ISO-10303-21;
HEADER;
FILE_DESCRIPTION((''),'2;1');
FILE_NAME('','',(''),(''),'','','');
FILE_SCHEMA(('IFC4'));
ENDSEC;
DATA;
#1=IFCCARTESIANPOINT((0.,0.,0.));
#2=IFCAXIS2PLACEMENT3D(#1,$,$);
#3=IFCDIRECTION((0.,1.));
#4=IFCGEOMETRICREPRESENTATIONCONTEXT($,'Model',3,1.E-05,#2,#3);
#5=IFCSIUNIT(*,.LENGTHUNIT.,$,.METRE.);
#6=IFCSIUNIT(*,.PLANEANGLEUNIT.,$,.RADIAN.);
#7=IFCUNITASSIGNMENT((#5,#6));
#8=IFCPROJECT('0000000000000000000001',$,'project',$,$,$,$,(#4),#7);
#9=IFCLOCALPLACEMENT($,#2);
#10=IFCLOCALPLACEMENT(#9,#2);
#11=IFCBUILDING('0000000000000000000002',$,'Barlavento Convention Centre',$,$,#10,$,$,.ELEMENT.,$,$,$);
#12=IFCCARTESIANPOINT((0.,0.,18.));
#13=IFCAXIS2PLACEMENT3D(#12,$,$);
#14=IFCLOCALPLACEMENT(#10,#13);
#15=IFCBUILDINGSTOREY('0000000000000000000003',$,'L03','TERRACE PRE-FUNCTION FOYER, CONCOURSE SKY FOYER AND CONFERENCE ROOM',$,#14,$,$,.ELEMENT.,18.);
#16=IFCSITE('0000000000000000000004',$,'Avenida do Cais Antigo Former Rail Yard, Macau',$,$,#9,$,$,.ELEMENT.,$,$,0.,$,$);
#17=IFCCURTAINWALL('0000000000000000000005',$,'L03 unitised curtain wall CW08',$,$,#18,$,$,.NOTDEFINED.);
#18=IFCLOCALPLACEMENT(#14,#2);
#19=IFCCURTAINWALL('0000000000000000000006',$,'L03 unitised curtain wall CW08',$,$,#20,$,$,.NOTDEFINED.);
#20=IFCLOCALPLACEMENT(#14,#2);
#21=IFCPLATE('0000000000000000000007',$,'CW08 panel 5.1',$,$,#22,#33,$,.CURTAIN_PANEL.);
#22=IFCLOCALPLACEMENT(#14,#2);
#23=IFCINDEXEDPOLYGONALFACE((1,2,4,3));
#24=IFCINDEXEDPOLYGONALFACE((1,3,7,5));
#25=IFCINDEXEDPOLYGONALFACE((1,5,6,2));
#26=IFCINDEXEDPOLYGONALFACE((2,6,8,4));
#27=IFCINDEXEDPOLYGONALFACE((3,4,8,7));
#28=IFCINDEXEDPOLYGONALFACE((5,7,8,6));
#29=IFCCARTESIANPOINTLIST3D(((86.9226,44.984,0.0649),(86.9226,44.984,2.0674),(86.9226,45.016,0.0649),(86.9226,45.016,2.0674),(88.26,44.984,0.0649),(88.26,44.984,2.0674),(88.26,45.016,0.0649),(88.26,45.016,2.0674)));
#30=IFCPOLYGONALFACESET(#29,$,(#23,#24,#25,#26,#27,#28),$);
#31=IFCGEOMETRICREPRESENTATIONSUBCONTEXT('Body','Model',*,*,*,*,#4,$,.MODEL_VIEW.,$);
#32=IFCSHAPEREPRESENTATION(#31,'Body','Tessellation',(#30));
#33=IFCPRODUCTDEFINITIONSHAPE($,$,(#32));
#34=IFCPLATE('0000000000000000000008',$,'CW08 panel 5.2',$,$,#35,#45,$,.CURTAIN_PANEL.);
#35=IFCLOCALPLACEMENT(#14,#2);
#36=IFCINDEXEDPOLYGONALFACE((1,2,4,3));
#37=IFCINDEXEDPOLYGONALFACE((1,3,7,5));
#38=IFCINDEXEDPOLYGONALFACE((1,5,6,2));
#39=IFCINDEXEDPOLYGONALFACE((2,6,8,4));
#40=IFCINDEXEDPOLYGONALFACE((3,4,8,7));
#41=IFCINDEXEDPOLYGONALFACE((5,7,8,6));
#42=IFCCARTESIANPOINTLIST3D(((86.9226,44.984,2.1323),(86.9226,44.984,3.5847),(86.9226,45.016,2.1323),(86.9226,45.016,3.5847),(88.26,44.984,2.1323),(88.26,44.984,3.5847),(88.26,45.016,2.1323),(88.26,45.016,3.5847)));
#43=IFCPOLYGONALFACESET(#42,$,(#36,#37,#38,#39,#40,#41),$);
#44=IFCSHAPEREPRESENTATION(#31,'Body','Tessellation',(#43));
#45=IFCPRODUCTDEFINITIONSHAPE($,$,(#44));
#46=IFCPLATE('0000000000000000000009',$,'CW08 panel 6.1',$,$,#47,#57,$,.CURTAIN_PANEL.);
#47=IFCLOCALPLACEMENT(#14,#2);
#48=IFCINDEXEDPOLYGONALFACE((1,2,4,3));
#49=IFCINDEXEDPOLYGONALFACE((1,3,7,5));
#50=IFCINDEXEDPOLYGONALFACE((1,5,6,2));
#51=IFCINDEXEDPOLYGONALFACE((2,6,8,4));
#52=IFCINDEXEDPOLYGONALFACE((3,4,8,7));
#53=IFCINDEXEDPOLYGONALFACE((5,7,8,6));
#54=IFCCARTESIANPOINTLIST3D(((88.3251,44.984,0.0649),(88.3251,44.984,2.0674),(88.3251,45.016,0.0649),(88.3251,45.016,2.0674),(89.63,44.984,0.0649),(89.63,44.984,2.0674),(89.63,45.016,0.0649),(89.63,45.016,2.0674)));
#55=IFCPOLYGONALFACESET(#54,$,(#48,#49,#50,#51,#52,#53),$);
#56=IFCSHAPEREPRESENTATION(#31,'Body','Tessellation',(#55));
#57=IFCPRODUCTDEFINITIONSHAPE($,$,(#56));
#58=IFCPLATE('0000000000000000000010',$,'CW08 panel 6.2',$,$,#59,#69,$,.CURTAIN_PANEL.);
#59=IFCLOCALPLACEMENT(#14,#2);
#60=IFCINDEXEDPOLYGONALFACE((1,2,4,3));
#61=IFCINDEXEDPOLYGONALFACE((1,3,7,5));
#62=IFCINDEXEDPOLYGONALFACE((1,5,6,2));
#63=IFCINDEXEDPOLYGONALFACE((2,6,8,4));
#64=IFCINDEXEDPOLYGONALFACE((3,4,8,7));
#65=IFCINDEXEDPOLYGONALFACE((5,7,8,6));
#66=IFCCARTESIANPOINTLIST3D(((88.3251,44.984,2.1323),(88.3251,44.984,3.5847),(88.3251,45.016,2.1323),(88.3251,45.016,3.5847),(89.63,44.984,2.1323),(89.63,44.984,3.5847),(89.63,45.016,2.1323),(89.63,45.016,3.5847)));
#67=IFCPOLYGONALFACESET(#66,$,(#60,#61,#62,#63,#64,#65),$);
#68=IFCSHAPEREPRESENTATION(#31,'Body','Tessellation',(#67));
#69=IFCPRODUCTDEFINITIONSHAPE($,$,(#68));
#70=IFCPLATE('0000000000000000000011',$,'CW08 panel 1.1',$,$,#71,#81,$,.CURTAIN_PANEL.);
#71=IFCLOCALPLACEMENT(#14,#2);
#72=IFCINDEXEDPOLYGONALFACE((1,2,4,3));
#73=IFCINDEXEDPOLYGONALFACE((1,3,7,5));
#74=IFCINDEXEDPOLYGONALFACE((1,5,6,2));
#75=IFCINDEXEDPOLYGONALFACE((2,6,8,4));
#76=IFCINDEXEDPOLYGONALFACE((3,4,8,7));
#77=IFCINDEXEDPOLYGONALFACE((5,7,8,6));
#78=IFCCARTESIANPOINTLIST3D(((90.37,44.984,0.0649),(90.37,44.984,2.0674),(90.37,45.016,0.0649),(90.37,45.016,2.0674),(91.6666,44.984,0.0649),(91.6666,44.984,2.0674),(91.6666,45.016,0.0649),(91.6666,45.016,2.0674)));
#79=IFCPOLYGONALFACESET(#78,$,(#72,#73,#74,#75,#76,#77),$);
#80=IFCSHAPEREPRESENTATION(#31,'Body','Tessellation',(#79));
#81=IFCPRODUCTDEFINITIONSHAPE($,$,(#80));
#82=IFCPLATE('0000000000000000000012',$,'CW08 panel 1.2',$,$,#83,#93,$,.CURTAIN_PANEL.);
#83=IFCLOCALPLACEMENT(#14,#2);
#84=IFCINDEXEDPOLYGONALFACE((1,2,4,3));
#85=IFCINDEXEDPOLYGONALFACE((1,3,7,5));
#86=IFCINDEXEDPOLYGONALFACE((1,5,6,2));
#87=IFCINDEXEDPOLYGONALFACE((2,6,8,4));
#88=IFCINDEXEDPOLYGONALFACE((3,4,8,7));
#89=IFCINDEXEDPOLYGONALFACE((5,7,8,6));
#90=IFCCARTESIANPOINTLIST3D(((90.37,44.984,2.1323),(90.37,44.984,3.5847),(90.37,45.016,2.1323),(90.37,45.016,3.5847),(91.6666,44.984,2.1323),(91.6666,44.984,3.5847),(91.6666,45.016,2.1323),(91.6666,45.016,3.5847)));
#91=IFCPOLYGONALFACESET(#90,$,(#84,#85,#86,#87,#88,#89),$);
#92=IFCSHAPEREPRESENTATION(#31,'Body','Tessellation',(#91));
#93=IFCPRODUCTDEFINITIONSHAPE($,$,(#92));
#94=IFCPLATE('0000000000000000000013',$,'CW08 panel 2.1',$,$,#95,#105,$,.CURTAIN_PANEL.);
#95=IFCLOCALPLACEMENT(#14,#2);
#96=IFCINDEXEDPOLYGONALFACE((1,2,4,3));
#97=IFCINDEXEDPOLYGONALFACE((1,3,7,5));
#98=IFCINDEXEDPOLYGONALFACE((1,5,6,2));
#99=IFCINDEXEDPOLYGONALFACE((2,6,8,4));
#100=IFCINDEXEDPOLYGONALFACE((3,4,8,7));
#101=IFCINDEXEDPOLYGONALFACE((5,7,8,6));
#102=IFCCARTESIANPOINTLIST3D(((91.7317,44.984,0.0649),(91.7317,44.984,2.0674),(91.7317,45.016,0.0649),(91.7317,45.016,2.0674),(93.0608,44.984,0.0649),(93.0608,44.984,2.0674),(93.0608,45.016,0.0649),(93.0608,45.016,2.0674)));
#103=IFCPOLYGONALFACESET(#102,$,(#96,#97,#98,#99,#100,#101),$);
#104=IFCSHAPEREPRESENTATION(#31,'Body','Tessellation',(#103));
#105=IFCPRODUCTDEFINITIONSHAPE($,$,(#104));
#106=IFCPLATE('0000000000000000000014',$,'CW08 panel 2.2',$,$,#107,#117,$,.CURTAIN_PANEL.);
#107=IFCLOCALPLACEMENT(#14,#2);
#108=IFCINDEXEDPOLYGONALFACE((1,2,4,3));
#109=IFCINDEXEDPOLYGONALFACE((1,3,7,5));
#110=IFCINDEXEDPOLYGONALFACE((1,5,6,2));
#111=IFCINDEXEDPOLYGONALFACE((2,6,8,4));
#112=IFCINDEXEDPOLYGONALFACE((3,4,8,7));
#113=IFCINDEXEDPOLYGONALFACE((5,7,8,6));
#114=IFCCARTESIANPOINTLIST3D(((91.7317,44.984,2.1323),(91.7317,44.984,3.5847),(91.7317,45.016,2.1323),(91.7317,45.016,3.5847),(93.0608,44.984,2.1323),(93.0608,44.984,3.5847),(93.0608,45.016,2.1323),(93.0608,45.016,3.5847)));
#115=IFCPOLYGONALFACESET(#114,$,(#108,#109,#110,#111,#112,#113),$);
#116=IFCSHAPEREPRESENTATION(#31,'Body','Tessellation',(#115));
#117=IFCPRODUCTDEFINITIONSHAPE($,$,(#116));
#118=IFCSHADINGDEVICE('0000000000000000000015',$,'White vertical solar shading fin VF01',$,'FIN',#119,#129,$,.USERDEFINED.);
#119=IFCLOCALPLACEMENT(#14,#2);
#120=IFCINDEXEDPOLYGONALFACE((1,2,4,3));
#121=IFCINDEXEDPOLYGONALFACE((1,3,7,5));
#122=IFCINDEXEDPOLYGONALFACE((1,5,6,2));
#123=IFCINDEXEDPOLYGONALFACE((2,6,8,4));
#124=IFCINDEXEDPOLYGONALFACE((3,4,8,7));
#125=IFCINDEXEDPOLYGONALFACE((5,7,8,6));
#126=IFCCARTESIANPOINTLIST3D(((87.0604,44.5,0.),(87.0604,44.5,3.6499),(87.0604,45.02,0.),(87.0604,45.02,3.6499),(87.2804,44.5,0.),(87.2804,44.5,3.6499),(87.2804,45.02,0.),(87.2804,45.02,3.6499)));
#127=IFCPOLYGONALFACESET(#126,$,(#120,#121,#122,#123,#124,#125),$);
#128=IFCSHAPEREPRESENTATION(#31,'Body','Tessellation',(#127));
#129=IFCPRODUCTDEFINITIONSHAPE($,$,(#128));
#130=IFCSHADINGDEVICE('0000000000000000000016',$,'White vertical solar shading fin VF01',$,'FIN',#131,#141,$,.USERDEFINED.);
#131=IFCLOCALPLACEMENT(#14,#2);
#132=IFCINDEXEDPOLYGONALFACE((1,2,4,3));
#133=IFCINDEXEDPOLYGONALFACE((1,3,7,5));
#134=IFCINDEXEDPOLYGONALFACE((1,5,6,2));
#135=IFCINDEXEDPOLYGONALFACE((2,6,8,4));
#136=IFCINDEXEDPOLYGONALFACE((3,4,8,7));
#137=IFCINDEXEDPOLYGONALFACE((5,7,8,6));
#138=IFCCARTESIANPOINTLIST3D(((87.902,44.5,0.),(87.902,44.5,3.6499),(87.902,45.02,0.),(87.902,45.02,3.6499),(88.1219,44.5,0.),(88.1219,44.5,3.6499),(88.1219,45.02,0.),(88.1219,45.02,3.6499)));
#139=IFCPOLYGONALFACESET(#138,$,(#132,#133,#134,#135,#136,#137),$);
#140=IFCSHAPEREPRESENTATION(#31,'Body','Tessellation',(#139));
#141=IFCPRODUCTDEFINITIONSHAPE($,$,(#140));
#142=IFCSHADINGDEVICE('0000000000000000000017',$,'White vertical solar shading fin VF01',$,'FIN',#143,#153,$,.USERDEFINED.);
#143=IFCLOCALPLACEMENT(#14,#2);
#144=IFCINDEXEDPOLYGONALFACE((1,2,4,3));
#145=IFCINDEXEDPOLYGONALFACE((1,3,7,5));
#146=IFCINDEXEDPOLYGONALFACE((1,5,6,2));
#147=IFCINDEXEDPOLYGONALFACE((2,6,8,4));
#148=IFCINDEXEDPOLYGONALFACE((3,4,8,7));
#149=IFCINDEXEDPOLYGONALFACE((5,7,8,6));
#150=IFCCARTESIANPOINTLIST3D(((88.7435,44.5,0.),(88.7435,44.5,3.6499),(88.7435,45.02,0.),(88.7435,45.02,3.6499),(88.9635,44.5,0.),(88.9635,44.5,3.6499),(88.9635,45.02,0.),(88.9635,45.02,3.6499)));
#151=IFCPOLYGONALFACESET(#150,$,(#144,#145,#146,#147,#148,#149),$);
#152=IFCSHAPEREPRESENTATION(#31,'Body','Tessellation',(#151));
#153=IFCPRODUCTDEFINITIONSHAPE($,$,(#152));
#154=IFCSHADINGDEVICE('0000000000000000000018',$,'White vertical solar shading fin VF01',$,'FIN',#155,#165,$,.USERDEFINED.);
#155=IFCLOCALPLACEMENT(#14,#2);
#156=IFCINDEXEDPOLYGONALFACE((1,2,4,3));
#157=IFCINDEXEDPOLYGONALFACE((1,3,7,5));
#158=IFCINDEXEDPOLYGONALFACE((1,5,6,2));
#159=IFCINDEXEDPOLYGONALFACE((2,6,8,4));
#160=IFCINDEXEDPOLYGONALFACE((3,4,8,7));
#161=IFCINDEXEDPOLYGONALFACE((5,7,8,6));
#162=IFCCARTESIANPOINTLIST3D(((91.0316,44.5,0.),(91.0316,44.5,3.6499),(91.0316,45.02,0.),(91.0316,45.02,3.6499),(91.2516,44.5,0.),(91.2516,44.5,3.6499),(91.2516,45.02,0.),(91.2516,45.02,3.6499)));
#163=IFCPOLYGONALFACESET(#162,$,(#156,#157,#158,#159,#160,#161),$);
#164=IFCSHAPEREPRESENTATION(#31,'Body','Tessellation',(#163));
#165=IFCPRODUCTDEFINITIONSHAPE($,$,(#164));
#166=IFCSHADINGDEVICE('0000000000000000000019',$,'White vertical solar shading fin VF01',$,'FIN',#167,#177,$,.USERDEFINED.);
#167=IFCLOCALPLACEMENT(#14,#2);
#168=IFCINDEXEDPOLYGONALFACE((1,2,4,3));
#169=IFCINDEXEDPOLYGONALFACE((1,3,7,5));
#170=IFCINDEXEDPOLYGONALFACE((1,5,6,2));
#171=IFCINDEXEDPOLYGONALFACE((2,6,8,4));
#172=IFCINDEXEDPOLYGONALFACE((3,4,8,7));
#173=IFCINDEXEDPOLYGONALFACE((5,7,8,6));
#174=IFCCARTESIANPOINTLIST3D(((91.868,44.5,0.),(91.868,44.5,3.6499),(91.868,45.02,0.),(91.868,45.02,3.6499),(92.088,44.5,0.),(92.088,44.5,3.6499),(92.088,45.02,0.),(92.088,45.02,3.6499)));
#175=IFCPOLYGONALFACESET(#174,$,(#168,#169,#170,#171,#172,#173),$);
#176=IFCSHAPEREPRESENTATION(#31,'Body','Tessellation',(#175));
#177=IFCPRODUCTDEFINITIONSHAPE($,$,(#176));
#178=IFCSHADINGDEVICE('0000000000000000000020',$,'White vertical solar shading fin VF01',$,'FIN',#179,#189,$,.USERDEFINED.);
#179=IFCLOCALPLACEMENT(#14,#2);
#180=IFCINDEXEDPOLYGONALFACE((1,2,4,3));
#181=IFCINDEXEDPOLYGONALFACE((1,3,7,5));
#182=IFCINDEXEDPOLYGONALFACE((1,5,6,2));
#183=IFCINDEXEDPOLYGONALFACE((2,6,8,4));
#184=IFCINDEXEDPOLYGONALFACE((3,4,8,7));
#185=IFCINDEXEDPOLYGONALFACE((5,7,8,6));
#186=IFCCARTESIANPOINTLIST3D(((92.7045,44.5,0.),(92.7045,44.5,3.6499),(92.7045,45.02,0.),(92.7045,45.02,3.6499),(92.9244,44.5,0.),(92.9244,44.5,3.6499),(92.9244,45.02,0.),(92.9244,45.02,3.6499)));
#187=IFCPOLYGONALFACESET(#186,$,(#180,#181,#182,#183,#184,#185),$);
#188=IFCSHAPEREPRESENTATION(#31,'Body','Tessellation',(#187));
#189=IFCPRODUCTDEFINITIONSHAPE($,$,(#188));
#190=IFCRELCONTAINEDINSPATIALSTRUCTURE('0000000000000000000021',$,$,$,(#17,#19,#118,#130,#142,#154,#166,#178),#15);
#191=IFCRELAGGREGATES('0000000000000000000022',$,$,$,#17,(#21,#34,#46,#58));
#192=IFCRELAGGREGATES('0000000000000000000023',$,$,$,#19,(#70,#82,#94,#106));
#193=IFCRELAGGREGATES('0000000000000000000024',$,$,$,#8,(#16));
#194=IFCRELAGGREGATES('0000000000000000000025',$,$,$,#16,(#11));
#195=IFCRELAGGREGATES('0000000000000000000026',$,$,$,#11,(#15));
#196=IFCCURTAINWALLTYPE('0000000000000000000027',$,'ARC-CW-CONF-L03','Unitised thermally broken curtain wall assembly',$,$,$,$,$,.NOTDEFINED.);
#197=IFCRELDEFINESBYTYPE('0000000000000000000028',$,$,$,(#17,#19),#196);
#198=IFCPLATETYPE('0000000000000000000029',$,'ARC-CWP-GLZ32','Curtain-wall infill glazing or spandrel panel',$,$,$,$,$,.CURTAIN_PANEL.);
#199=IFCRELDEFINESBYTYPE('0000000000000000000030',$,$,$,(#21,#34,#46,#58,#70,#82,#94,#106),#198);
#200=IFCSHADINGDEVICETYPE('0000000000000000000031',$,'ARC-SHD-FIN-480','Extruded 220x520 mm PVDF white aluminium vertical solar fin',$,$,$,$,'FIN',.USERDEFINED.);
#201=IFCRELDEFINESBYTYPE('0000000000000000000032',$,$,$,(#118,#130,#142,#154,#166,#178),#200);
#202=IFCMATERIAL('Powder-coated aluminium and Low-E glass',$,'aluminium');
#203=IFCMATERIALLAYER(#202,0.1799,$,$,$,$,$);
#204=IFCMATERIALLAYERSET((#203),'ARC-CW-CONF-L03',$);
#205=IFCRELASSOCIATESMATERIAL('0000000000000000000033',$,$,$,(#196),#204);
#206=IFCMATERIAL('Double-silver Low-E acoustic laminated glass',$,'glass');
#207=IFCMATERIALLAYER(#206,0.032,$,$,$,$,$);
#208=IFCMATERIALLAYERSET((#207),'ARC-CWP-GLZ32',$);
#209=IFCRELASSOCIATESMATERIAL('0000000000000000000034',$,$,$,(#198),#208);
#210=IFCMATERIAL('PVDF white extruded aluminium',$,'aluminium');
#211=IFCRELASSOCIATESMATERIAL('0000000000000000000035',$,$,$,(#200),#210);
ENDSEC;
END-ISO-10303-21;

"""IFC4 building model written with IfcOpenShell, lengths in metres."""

from ifc_helpers import new_model, si_unit, direction, frame, origin, origin_2d, place, context, subcontext, project, spatial, rectangle, extrude, material, layer, layer_set, type_object, element, aggregate, save


model = new_model("IFC4")

# Units and contexts
model_context = context("Model", 3, precision=1e-05, world=origin(), true_north=direction((0.0, 1.0)))
body_context = subcontext(model_context, "Body", "Model", "MODEL_VIEW")
ifc_project = project(units=[si_unit("LENGTHUNIT", "METRE"), si_unit("PLANEANGLEUNIT", "RADIAN")], contexts=[model_context])

# Site, building, storey
site_placement = place(None, origin())
site = spatial("IfcSite", under=ifc_project, at=site_placement, Name="Avenida do Cais Antigo Former Rail Yard, Macau", CompositionType="ELEMENT", RefElevation=0.0)
building_placement = place(site_placement, origin())
building = spatial("IfcBuilding", under=site, at=building_placement, Name="Barlavento Convention Centre", CompositionType="ELEMENT")
storey_placement = place(building_placement, frame((0.0, 0.0, 18.0)))
storey = spatial("IfcBuildingStorey", under=building, at=storey_placement, Name="L03", Description="TERRACE PRE-FUNCTION FOYER, CONCOURSE SKY FOYER AND CONFERENCE ROOM", CompositionType="ELEMENT", Elevation=18.0)

# Curtain walls
ifc_material_1 = material(Name="Powder-coated aluminium and Low-E glass", Category="aluminium")
ifc_layer_1 = layer(ifc_material_1, 0.1799)
ifc_layer_set_1 = layer_set([ifc_layer_1], Name="ARC-CW-CONF-L03")
curtain_wall_type = type_object("IfcCurtainWallType", Name="ARC-CW-CONF-L03", Description="Unitised thermally broken curtain wall assembly", PredefinedType="NOTDEFINED", material=ifc_layer_set_1)
curtain_wall_1_placement = place(storey_placement, origin())
curtain_wall_1 = element("IfcCurtainWall", 1, at=curtain_wall_1_placement, inside=storey, type_object=curtain_wall_type, Name="L03 unitised curtain wall CW08", PredefinedType="NOTDEFINED")
curtain_wall_2_placement = place(storey_placement, origin())
curtain_wall_2 = element("IfcCurtainWall", 2, at=curtain_wall_2_placement, inside=storey, type_object=curtain_wall_type, Name="L03 unitised curtain wall CW08", PredefinedType="NOTDEFINED")

# Plates
ifc_material_2 = material(Name="Double-silver Low-E acoustic laminated glass", Category="glass")
ifc_layer_2 = layer(ifc_material_2, 0.032)
ifc_layer_set_2 = layer_set([ifc_layer_2], Name="ARC-CWP-GLZ32")
plate_type = type_object("IfcPlateType", Name="ARC-CWP-GLZ32", Description="Curtain-wall infill glazing or spandrel panel", PredefinedType="CURTAIN_PANEL", material=ifc_layer_set_2)
plate_1_placement = place(storey_placement, frame((87.5913, 45.0, 0.0649), z_axis=(0.0, 0.0, 1.0), x_axis=(1.0, 0.0, 0.0)))
plate_1 = element("IfcPlate", 3, at=plate_1_placement, type_object=plate_type, Name="CW08 panel 5.1", PredefinedType="CURTAIN_PANEL", context=body_context, shape_type="SweptSolid", body=[
    extrude(rectangle(XDim=1.3374, YDim=0.032, at=origin_2d()), origin(), (0.0, 0.0, 1.0), 2.0024),
])
plate_2_placement = place(storey_placement, frame((87.5913, 45.0, 2.1323), z_axis=(0.0, 0.0, 1.0), x_axis=(1.0, 0.0, 0.0)))
plate_2 = element("IfcPlate", 4, at=plate_2_placement, type_object=plate_type, Name="CW08 panel 5.2", PredefinedType="CURTAIN_PANEL", context=body_context, shape_type="SweptSolid", body=[
    extrude(rectangle(XDim=1.3374, YDim=0.032, at=origin_2d()), origin(), (0.0, 0.0, 1.0), 1.4524),
])
plate_3_placement = place(storey_placement, frame((88.9775, 45.0, 0.0649), z_axis=(0.0, 0.0, 1.0), x_axis=(1.0, 0.0, 0.0)))
plate_3 = element("IfcPlate", 5, at=plate_3_placement, type_object=plate_type, Name="CW08 panel 6.1", PredefinedType="CURTAIN_PANEL", context=body_context, shape_type="SweptSolid", body=[
    extrude(rectangle(XDim=1.3049, YDim=0.032, at=origin_2d()), origin(), (0.0, 0.0, 1.0), 2.0024),
])
plate_4_placement = place(storey_placement, frame((88.9775, 45.0, 2.1323), z_axis=(0.0, 0.0, 1.0), x_axis=(1.0, 0.0, 0.0)))
plate_4 = element("IfcPlate", 6, at=plate_4_placement, type_object=plate_type, Name="CW08 panel 6.2", PredefinedType="CURTAIN_PANEL", context=body_context, shape_type="SweptSolid", body=[
    extrude(rectangle(XDim=1.3049, YDim=0.032, at=origin_2d()), origin(), (0.0, 0.0, 1.0), 1.4524),
])
aggregate(curtain_wall_1, [plate_1, plate_2, plate_3, plate_4])
plate_5_placement = place(storey_placement, frame((91.0183, 45.0, 0.0649), z_axis=(0.0, 0.0, 1.0), x_axis=(1.0, 0.0, 0.0)))
plate_5 = element("IfcPlate", 7, at=plate_5_placement, type_object=plate_type, Name="CW08 panel 1.1", PredefinedType="CURTAIN_PANEL", context=body_context, shape_type="SweptSolid", body=[
    extrude(rectangle(XDim=1.2966, YDim=0.032, at=origin_2d()), origin(), (0.0, 0.0, 1.0), 2.0024),
])
plate_6_placement = place(storey_placement, frame((91.0183, 45.0, 2.1323), z_axis=(0.0, 0.0, 1.0), x_axis=(1.0, 0.0, 0.0)))
plate_6 = element("IfcPlate", 8, at=plate_6_placement, type_object=plate_type, Name="CW08 panel 1.2", PredefinedType="CURTAIN_PANEL", context=body_context, shape_type="SweptSolid", body=[
    extrude(rectangle(XDim=1.2966, YDim=0.032, at=origin_2d()), origin(), (0.0, 0.0, 1.0), 1.4524),
])
plate_7_placement = place(storey_placement, frame((92.3962, 45.0, 0.0649), z_axis=(0.0, 0.0, 1.0), x_axis=(1.0, 0.0, 0.0)))
plate_7 = element("IfcPlate", 9, at=plate_7_placement, type_object=plate_type, Name="CW08 panel 2.1", PredefinedType="CURTAIN_PANEL", context=body_context, shape_type="SweptSolid", body=[
    extrude(rectangle(XDim=1.3291, YDim=0.032, at=origin_2d()), origin(), (0.0, 0.0, 1.0), 2.0024),
])
plate_8_placement = place(storey_placement, frame((92.3962, 45.0, 2.1323), z_axis=(0.0, 0.0, 1.0), x_axis=(1.0, 0.0, 0.0)))
plate_8 = element("IfcPlate", 10, at=plate_8_placement, type_object=plate_type, Name="CW08 panel 2.2", PredefinedType="CURTAIN_PANEL", context=body_context, shape_type="SweptSolid", body=[
    extrude(rectangle(XDim=1.3291, YDim=0.032, at=origin_2d()), origin(), (0.0, 0.0, 1.0), 1.4524),
])
aggregate(curtain_wall_2, [plate_5, plate_6, plate_7, plate_8])

# Shading devices
ifc_material_3 = material(Name="PVDF white extruded aluminium", Category="aluminium")
shading_device_type = type_object("IfcShadingDeviceType", Name="ARC-SHD-FIN-480", Description="Extruded 220x520 mm PVDF white aluminium vertical solar fin", ElementType="FIN", PredefinedType="USERDEFINED", material=ifc_material_3)
for number, where, z_axis, x_axis, name in (
    (11, (87.1704, 44.76, 0.0), (0.0, 0.0, 1.0), (1.0, 0.0, 0.0), "White vertical solar shading fin VF01"),
    (12, (88.012, 44.76, 0.0), (0.0, 0.0, 1.0), (1.0, 0.0, 0.0), "White vertical solar shading fin VF01"),
    (13, (88.8535, 44.76, 0.0), (0.0, 0.0, 1.0), (1.0, 0.0, 0.0), "White vertical solar shading fin VF01"),
    (14, (91.1416, 44.76, 0.0), (0.0, 0.0, 1.0), (1.0, 0.0, 0.0), "White vertical solar shading fin VF01"),
    (15, (91.978, 44.76, 0.0), (0.0, 0.0, 1.0), (1.0, 0.0, 0.0), "White vertical solar shading fin VF01"),
    (16, (92.8145, 44.76, 0.0), (0.0, 0.0, 1.0), (1.0, 0.0, 0.0), "White vertical solar shading fin VF01"),
):
    element("IfcShadingDevice", number, at=place(storey_placement, frame(where, z_axis=z_axis, x_axis=x_axis)), inside=storey, type_object=shading_device_type, Name=name, ObjectType="FIN", PredefinedType="USERDEFINED", context=body_context, shape_type="SweptSolid", body=[
        extrude(rectangle(XDim=0.22, YDim=0.52, at=origin_2d()), origin(), (0.0, 0.0, 1.0), 3.6499),
    ])

save(model, "model.ifc")
